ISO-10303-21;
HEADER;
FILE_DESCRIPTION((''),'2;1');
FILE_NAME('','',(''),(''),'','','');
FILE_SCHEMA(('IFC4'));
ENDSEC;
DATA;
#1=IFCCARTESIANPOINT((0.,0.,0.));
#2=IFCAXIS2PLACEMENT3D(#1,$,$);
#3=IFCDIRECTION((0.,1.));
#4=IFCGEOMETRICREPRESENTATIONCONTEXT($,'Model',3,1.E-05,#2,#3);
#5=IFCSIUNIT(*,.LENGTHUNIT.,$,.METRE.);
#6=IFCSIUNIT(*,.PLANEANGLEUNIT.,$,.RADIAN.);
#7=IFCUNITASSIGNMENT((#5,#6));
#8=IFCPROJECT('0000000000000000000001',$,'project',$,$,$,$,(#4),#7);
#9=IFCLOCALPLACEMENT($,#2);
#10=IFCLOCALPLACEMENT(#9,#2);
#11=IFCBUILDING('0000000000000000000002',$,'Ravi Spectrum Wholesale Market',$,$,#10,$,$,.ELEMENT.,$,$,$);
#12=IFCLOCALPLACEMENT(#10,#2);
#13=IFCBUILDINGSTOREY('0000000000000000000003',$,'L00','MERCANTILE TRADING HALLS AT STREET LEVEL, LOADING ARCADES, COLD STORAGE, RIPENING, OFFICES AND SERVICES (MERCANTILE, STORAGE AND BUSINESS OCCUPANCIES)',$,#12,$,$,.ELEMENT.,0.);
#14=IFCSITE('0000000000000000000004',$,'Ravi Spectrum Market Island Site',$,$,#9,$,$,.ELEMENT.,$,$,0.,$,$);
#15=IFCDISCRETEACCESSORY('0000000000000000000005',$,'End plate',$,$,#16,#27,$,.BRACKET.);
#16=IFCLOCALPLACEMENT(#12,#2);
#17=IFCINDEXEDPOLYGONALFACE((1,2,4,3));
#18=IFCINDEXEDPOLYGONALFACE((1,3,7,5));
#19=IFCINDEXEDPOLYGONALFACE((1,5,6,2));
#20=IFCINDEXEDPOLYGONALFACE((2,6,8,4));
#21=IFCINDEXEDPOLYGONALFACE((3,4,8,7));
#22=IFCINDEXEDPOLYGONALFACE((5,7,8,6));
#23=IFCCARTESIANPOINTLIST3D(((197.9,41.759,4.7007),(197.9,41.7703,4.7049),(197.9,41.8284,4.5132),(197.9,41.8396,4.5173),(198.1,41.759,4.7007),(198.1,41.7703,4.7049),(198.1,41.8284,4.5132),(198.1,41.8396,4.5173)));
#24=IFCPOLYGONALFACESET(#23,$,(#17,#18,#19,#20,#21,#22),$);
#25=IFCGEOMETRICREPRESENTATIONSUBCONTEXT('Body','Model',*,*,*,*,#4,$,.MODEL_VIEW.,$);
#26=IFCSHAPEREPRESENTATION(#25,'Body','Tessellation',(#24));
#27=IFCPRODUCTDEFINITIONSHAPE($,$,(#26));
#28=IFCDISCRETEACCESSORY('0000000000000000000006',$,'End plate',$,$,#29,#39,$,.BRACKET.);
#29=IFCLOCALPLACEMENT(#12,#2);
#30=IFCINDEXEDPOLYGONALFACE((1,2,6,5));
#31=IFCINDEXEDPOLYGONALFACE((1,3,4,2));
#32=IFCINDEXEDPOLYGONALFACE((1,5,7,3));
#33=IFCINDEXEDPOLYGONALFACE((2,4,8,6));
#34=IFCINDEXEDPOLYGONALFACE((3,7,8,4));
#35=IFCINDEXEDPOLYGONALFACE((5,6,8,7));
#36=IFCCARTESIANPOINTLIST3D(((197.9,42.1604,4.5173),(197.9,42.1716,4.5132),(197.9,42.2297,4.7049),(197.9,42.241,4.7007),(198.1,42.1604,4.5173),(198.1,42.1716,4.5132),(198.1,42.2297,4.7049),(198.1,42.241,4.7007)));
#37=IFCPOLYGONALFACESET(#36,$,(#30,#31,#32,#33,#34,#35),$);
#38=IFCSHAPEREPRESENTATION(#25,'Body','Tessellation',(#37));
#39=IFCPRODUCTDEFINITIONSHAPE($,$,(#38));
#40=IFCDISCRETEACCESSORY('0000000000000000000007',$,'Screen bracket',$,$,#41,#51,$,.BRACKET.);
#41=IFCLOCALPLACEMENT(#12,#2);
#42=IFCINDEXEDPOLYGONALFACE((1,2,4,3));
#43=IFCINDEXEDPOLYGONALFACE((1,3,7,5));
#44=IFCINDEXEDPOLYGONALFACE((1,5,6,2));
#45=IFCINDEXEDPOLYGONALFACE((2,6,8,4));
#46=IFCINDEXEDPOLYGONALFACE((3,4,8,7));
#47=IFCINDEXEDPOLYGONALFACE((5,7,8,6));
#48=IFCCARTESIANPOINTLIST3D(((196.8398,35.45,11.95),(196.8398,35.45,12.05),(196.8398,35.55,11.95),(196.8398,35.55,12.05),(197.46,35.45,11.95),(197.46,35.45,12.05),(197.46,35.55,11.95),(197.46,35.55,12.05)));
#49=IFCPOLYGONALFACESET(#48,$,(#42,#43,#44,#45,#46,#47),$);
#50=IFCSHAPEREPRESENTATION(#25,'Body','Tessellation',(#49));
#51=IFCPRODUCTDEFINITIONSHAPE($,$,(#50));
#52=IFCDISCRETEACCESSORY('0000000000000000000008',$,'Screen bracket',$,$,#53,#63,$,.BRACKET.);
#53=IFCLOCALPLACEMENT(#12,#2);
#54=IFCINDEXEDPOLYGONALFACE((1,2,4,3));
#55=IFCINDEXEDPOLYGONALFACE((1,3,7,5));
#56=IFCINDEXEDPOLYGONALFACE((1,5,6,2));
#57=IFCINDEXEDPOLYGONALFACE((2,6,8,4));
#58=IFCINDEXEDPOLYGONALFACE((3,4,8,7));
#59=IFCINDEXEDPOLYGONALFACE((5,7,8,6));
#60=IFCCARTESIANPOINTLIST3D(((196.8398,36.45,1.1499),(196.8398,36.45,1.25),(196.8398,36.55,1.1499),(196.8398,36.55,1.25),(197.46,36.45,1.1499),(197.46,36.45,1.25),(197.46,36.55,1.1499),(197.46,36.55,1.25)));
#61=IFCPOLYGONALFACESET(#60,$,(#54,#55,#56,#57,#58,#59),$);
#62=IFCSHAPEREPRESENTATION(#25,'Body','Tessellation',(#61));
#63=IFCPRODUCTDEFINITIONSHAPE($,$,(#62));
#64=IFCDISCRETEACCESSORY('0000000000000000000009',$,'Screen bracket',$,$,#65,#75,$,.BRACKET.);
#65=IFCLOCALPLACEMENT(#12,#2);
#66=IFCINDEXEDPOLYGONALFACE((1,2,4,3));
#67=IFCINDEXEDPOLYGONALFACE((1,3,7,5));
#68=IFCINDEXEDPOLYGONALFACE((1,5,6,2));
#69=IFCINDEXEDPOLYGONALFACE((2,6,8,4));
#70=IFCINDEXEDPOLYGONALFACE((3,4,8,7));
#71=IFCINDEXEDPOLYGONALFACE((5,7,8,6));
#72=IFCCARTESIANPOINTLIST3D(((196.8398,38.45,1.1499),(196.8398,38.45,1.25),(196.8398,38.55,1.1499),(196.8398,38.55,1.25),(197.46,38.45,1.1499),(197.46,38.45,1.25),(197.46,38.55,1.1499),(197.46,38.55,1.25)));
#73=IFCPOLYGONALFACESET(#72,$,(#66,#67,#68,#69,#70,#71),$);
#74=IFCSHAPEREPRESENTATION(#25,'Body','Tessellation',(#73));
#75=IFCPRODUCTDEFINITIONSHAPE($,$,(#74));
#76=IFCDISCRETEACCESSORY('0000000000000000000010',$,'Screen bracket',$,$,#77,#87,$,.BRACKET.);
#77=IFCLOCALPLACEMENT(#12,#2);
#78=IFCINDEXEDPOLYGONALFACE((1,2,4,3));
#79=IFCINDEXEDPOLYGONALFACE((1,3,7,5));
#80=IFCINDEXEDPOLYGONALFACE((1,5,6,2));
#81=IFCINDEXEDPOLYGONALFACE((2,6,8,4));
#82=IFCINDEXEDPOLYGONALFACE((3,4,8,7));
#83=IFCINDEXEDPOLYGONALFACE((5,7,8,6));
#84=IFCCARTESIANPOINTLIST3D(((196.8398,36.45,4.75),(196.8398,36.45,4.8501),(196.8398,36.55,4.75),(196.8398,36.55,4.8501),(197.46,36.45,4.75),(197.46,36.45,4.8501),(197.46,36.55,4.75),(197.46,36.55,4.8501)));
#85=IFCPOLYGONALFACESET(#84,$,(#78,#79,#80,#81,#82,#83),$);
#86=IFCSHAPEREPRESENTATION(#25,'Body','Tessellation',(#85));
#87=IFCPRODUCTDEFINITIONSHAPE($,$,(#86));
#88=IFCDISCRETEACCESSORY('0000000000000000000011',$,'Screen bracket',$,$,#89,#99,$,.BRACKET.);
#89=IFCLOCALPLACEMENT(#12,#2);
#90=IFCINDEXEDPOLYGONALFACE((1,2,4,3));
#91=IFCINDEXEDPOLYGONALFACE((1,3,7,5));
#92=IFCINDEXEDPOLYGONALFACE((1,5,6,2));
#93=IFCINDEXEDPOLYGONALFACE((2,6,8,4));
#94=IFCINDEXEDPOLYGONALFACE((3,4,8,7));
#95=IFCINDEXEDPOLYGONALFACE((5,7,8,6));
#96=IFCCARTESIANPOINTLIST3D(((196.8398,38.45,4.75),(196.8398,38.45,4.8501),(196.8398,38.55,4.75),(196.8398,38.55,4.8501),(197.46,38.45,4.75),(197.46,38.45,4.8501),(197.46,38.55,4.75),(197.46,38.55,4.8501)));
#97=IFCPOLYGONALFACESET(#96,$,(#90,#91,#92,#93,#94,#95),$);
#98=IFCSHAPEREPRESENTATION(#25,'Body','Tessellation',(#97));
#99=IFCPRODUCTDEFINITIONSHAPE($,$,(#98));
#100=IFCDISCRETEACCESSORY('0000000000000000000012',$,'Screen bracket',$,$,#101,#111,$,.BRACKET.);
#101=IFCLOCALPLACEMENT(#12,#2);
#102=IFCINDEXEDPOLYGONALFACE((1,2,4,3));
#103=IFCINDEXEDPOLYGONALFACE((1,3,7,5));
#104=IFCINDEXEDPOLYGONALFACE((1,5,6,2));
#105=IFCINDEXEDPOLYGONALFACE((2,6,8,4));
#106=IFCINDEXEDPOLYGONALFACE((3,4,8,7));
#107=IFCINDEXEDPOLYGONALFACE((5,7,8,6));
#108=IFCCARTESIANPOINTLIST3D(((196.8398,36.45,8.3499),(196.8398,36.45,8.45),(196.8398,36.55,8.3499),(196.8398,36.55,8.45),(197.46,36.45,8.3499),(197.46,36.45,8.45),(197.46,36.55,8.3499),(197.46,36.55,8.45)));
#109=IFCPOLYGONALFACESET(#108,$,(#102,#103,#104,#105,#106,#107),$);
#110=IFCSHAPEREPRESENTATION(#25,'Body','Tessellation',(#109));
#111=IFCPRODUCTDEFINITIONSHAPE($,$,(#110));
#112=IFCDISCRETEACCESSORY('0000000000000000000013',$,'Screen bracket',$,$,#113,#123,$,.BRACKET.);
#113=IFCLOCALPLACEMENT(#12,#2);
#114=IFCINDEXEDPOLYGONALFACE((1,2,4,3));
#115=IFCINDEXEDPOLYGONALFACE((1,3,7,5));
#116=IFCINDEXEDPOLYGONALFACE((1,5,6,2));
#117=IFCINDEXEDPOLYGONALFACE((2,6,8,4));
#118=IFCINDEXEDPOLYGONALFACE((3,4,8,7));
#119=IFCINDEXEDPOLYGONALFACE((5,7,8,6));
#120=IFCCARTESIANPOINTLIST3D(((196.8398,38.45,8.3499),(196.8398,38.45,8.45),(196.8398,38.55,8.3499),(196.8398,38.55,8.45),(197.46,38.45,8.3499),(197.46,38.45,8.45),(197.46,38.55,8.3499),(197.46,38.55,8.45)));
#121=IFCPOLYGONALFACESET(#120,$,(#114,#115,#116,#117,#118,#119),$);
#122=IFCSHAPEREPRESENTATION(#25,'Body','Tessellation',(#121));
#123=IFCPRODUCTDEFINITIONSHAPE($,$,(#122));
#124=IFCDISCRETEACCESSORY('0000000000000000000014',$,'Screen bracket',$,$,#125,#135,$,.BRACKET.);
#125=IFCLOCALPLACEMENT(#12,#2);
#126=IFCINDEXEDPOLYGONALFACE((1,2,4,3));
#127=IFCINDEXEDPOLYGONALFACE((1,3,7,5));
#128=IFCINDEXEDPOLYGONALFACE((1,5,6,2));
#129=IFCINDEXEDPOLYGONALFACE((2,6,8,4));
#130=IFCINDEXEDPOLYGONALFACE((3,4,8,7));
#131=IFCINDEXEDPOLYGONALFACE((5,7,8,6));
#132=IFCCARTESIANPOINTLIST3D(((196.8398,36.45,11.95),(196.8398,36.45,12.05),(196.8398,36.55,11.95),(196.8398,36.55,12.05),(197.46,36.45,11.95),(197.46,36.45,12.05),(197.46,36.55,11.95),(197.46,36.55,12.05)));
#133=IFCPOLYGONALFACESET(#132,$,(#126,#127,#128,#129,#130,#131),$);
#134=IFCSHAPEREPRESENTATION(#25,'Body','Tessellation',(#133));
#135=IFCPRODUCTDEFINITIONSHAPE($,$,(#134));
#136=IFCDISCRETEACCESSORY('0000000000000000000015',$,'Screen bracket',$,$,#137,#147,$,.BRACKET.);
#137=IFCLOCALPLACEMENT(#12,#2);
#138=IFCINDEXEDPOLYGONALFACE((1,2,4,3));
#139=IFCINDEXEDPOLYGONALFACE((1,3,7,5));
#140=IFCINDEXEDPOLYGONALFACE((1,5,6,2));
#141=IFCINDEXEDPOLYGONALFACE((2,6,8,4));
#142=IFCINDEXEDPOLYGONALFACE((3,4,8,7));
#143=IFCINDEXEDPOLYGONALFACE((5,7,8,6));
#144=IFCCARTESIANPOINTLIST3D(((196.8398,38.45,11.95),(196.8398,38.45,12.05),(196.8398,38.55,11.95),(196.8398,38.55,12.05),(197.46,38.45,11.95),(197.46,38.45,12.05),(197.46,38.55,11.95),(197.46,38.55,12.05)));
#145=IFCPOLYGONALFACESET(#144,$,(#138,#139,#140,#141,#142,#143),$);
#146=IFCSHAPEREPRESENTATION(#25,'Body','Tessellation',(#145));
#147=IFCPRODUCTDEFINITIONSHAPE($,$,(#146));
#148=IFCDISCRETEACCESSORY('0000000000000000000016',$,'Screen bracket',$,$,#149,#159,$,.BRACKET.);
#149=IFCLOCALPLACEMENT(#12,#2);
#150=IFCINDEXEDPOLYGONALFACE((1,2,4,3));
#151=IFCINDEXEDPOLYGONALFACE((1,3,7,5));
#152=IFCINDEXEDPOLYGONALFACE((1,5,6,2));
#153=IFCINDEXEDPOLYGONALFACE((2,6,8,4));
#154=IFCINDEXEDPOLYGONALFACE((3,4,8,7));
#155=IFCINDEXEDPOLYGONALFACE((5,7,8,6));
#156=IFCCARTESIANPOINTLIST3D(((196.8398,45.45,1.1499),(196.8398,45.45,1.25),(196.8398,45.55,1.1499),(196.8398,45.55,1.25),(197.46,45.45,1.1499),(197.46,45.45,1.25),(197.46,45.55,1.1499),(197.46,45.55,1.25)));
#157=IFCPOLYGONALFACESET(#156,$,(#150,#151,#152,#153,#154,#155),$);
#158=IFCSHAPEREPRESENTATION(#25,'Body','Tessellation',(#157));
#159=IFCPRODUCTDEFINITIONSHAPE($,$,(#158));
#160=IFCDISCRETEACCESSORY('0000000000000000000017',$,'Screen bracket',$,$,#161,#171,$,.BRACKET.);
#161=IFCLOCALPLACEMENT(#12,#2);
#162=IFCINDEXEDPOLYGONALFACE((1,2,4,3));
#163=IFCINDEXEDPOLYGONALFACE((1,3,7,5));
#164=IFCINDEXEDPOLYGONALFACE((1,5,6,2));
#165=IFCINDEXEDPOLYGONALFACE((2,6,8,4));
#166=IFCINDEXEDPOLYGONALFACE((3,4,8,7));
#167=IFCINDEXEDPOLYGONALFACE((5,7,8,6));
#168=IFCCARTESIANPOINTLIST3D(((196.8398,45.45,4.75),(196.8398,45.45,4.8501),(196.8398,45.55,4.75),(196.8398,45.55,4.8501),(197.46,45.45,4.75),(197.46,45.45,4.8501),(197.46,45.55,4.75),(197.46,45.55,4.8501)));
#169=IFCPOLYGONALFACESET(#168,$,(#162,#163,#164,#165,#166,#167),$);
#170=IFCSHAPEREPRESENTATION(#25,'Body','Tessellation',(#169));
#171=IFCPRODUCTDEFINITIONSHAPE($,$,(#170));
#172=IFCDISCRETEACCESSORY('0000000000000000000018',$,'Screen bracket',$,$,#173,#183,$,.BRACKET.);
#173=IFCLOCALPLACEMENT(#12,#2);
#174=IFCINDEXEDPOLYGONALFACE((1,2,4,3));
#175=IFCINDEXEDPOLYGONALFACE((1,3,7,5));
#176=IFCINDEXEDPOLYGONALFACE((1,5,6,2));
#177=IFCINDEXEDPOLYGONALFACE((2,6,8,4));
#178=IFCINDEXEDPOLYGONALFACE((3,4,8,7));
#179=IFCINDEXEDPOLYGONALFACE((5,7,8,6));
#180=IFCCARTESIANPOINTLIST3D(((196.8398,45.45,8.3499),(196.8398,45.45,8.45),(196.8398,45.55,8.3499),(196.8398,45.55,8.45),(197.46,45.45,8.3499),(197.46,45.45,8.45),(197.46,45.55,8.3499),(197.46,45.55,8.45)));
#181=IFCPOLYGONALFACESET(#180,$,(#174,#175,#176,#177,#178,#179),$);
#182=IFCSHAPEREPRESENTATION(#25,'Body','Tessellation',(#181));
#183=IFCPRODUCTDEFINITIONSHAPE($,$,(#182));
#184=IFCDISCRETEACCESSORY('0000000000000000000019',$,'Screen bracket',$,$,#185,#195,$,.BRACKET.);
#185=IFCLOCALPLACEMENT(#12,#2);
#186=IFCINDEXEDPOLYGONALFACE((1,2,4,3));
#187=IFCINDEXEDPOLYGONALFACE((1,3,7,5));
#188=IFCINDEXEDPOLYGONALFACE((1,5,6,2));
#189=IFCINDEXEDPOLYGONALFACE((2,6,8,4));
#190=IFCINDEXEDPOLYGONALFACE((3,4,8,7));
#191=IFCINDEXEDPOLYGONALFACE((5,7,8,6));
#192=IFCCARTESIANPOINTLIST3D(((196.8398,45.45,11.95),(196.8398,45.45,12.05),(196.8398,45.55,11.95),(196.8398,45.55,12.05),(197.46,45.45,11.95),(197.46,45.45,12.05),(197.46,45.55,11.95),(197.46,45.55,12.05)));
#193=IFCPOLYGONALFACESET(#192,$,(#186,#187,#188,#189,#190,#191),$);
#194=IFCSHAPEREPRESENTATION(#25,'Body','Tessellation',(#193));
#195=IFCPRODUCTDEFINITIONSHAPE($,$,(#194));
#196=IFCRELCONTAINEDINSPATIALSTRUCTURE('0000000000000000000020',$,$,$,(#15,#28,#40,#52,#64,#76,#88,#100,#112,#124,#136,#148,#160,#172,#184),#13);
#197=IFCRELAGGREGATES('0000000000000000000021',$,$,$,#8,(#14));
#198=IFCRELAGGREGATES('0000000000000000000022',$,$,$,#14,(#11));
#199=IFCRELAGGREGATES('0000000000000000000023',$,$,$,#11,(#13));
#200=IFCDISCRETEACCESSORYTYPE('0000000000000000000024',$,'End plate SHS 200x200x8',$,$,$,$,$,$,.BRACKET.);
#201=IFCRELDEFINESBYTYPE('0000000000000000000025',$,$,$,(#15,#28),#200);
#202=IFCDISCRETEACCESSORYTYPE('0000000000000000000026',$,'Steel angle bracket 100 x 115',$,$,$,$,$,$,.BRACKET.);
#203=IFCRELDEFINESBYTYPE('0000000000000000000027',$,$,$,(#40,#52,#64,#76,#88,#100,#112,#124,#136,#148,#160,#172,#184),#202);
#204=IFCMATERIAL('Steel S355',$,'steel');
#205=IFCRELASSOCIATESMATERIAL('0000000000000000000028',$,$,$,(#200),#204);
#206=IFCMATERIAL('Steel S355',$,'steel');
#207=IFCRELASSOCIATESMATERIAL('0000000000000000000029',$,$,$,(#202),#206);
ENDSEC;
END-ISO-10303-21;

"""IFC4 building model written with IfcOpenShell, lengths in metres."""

from ifc_helpers import new_model, si_unit, direction, frame, origin, origin_2d, place, context, subcontext, project, spatial, rectangle, extrude, material, material_profile, profile_set, type_object, element, save


model = new_model("IFC4")

# Units and contexts
model_context = context("Model", 3, precision=1e-05, world=origin(), true_north=direction((0.0, 1.0)))
body_context = subcontext(model_context, "Body", "Model", "MODEL_VIEW")
ifc_project = project(units=[si_unit("LENGTHUNIT", "METRE"), si_unit("PLANEANGLEUNIT", "RADIAN")], contexts=[model_context])

# Site, building, storey
site_placement = place(None, origin())
site = spatial("IfcSite", under=ifc_project, at=site_placement, Name="Ravi Spectrum Market Island Site", CompositionType="ELEMENT", RefElevation=0.0)
building_placement = place(site_placement, origin())
building = spatial("IfcBuilding", under=site, at=building_placement, Name="Ravi Spectrum Wholesale Market", CompositionType="ELEMENT")
storey_placement = place(building_placement, origin())
storey = spatial("IfcBuildingStorey", under=building, at=storey_placement, Name="L00", Description="MERCANTILE TRADING HALLS AT STREET LEVEL, LOADING ARCADES, COLD STORAGE, RIPENING, OFFICES AND SERVICES (MERCANTILE, STORAGE AND BUSINESS OCCUPANCIES)", CompositionType="ELEMENT", Elevation=0.0)

# Discrete accessories
ifc_material_1 = material(Name="Steel S355", Category="steel")
ifc_material_profile_1 = material_profile(ifc_material_1, rectangle(XDim=0.2, YDim=0.2, at=origin_2d()))
ifc_profile_set_1 = profile_set([ifc_material_profile_1], Name="Steel S355")
discrete_accessory_type_1 = type_object("IfcDiscreteAccessoryType", Name="End plate SHS 200x200x8", PredefinedType="BRACKET", material=ifc_profile_set_1)
for number, where, z_axis, x_axis, name in (
    (1, (198.0, 41.7937, 4.6069), (0.0, 0.937994, 0.34665), (-1.0, 0.0, 0.0), "End plate"),
    (2, (198.0, 42.2063, 4.6069), (0.0, -0.937994, 0.34665), (1.0, 0.0, 0.0), "End plate"),
):
    element("IfcDiscreteAccessory", number, at=place(storey_placement, frame(where, z_axis=z_axis, x_axis=x_axis)), inside=storey, type_object=discrete_accessory_type_1, Name=name, PredefinedType="BRACKET", context=body_context, shape_type="SweptSolid", body=[
        extrude(rectangle(XDim=0.2, YDim=0.2, at=origin_2d()), origin(), (0.0, 0.0, 1.0), 0.012),
    ])
ifc_material_2 = material(Name="Steel S355", Category="steel")
discrete_accessory_type_2 = type_object("IfcDiscreteAccessoryType", Name="Steel angle bracket 100 x 115", PredefinedType="BRACKET", material=ifc_material_2)
for number, where, z_axis, x_axis, name in (
    (3, (197.1499, 35.5, 11.95), (0.0, 0.0, 1.0), (1.0, 0.0, 0.0), "Screen bracket"),
    (4, (197.1499, 36.5, 1.1499), (0.0, 0.0, 1.0), (1.0, 0.0, 0.0), "Screen bracket"),
    (5, (197.1499, 38.5, 1.1499), (0.0, 0.0, 1.0), (1.0, 0.0, 0.0), "Screen bracket"),
    (6, (197.1499, 36.5, 4.75), (0.0, 0.0, 1.0), (1.0, 0.0, 0.0), "Screen bracket"),
    (7, (197.1499, 38.5, 4.75), (0.0, 0.0, 1.0), (1.0, 0.0, 0.0), "Screen bracket"),
    (8, (197.1499, 36.5, 8.3499), (0.0, 0.0, 1.0), (1.0, 0.0, 0.0), "Screen bracket"),
    (9, (197.1499, 38.5, 8.3499), (0.0, 0.0, 1.0), (1.0, 0.0, 0.0), "Screen bracket"),
    (10, (197.1499, 36.5, 11.95), (0.0, 0.0, 1.0), (1.0, 0.0, 0.0), "Screen bracket"),
    (11, (197.1499, 38.5, 11.95), (0.0, 0.0, 1.0), (1.0, 0.0, 0.0), "Screen bracket"),
    (12, (197.1499, 45.5, 1.1499), (0.0, 0.0, 1.0), (1.0, 0.0, 0.0), "Screen bracket"),
    (13, (197.1499, 45.5, 4.75), (0.0, 0.0, 1.0), (1.0, 0.0, 0.0), "Screen bracket"),
    (14, (197.1499, 45.5, 8.3499), (0.0, 0.0, 1.0), (1.0, 0.0, 0.0), "Screen bracket"),
    (15, (197.1499, 45.5, 11.95), (0.0, 0.0, 1.0), (1.0, 0.0, 0.0), "Screen bracket"),
):
    element("IfcDiscreteAccessory", number, at=place(storey_placement, frame(where, z_axis=z_axis, x_axis=x_axis)), inside=storey, type_object=discrete_accessory_type_2, Name=name, PredefinedType="BRACKET", context=body_context, shape_type="SweptSolid", body=[
        extrude(rectangle(XDim=0.6201, YDim=0.1001, at=origin_2d()), origin(), (0.0, 0.0, 1.0), 0.1001),
    ])

save(model, "model.ifc")
